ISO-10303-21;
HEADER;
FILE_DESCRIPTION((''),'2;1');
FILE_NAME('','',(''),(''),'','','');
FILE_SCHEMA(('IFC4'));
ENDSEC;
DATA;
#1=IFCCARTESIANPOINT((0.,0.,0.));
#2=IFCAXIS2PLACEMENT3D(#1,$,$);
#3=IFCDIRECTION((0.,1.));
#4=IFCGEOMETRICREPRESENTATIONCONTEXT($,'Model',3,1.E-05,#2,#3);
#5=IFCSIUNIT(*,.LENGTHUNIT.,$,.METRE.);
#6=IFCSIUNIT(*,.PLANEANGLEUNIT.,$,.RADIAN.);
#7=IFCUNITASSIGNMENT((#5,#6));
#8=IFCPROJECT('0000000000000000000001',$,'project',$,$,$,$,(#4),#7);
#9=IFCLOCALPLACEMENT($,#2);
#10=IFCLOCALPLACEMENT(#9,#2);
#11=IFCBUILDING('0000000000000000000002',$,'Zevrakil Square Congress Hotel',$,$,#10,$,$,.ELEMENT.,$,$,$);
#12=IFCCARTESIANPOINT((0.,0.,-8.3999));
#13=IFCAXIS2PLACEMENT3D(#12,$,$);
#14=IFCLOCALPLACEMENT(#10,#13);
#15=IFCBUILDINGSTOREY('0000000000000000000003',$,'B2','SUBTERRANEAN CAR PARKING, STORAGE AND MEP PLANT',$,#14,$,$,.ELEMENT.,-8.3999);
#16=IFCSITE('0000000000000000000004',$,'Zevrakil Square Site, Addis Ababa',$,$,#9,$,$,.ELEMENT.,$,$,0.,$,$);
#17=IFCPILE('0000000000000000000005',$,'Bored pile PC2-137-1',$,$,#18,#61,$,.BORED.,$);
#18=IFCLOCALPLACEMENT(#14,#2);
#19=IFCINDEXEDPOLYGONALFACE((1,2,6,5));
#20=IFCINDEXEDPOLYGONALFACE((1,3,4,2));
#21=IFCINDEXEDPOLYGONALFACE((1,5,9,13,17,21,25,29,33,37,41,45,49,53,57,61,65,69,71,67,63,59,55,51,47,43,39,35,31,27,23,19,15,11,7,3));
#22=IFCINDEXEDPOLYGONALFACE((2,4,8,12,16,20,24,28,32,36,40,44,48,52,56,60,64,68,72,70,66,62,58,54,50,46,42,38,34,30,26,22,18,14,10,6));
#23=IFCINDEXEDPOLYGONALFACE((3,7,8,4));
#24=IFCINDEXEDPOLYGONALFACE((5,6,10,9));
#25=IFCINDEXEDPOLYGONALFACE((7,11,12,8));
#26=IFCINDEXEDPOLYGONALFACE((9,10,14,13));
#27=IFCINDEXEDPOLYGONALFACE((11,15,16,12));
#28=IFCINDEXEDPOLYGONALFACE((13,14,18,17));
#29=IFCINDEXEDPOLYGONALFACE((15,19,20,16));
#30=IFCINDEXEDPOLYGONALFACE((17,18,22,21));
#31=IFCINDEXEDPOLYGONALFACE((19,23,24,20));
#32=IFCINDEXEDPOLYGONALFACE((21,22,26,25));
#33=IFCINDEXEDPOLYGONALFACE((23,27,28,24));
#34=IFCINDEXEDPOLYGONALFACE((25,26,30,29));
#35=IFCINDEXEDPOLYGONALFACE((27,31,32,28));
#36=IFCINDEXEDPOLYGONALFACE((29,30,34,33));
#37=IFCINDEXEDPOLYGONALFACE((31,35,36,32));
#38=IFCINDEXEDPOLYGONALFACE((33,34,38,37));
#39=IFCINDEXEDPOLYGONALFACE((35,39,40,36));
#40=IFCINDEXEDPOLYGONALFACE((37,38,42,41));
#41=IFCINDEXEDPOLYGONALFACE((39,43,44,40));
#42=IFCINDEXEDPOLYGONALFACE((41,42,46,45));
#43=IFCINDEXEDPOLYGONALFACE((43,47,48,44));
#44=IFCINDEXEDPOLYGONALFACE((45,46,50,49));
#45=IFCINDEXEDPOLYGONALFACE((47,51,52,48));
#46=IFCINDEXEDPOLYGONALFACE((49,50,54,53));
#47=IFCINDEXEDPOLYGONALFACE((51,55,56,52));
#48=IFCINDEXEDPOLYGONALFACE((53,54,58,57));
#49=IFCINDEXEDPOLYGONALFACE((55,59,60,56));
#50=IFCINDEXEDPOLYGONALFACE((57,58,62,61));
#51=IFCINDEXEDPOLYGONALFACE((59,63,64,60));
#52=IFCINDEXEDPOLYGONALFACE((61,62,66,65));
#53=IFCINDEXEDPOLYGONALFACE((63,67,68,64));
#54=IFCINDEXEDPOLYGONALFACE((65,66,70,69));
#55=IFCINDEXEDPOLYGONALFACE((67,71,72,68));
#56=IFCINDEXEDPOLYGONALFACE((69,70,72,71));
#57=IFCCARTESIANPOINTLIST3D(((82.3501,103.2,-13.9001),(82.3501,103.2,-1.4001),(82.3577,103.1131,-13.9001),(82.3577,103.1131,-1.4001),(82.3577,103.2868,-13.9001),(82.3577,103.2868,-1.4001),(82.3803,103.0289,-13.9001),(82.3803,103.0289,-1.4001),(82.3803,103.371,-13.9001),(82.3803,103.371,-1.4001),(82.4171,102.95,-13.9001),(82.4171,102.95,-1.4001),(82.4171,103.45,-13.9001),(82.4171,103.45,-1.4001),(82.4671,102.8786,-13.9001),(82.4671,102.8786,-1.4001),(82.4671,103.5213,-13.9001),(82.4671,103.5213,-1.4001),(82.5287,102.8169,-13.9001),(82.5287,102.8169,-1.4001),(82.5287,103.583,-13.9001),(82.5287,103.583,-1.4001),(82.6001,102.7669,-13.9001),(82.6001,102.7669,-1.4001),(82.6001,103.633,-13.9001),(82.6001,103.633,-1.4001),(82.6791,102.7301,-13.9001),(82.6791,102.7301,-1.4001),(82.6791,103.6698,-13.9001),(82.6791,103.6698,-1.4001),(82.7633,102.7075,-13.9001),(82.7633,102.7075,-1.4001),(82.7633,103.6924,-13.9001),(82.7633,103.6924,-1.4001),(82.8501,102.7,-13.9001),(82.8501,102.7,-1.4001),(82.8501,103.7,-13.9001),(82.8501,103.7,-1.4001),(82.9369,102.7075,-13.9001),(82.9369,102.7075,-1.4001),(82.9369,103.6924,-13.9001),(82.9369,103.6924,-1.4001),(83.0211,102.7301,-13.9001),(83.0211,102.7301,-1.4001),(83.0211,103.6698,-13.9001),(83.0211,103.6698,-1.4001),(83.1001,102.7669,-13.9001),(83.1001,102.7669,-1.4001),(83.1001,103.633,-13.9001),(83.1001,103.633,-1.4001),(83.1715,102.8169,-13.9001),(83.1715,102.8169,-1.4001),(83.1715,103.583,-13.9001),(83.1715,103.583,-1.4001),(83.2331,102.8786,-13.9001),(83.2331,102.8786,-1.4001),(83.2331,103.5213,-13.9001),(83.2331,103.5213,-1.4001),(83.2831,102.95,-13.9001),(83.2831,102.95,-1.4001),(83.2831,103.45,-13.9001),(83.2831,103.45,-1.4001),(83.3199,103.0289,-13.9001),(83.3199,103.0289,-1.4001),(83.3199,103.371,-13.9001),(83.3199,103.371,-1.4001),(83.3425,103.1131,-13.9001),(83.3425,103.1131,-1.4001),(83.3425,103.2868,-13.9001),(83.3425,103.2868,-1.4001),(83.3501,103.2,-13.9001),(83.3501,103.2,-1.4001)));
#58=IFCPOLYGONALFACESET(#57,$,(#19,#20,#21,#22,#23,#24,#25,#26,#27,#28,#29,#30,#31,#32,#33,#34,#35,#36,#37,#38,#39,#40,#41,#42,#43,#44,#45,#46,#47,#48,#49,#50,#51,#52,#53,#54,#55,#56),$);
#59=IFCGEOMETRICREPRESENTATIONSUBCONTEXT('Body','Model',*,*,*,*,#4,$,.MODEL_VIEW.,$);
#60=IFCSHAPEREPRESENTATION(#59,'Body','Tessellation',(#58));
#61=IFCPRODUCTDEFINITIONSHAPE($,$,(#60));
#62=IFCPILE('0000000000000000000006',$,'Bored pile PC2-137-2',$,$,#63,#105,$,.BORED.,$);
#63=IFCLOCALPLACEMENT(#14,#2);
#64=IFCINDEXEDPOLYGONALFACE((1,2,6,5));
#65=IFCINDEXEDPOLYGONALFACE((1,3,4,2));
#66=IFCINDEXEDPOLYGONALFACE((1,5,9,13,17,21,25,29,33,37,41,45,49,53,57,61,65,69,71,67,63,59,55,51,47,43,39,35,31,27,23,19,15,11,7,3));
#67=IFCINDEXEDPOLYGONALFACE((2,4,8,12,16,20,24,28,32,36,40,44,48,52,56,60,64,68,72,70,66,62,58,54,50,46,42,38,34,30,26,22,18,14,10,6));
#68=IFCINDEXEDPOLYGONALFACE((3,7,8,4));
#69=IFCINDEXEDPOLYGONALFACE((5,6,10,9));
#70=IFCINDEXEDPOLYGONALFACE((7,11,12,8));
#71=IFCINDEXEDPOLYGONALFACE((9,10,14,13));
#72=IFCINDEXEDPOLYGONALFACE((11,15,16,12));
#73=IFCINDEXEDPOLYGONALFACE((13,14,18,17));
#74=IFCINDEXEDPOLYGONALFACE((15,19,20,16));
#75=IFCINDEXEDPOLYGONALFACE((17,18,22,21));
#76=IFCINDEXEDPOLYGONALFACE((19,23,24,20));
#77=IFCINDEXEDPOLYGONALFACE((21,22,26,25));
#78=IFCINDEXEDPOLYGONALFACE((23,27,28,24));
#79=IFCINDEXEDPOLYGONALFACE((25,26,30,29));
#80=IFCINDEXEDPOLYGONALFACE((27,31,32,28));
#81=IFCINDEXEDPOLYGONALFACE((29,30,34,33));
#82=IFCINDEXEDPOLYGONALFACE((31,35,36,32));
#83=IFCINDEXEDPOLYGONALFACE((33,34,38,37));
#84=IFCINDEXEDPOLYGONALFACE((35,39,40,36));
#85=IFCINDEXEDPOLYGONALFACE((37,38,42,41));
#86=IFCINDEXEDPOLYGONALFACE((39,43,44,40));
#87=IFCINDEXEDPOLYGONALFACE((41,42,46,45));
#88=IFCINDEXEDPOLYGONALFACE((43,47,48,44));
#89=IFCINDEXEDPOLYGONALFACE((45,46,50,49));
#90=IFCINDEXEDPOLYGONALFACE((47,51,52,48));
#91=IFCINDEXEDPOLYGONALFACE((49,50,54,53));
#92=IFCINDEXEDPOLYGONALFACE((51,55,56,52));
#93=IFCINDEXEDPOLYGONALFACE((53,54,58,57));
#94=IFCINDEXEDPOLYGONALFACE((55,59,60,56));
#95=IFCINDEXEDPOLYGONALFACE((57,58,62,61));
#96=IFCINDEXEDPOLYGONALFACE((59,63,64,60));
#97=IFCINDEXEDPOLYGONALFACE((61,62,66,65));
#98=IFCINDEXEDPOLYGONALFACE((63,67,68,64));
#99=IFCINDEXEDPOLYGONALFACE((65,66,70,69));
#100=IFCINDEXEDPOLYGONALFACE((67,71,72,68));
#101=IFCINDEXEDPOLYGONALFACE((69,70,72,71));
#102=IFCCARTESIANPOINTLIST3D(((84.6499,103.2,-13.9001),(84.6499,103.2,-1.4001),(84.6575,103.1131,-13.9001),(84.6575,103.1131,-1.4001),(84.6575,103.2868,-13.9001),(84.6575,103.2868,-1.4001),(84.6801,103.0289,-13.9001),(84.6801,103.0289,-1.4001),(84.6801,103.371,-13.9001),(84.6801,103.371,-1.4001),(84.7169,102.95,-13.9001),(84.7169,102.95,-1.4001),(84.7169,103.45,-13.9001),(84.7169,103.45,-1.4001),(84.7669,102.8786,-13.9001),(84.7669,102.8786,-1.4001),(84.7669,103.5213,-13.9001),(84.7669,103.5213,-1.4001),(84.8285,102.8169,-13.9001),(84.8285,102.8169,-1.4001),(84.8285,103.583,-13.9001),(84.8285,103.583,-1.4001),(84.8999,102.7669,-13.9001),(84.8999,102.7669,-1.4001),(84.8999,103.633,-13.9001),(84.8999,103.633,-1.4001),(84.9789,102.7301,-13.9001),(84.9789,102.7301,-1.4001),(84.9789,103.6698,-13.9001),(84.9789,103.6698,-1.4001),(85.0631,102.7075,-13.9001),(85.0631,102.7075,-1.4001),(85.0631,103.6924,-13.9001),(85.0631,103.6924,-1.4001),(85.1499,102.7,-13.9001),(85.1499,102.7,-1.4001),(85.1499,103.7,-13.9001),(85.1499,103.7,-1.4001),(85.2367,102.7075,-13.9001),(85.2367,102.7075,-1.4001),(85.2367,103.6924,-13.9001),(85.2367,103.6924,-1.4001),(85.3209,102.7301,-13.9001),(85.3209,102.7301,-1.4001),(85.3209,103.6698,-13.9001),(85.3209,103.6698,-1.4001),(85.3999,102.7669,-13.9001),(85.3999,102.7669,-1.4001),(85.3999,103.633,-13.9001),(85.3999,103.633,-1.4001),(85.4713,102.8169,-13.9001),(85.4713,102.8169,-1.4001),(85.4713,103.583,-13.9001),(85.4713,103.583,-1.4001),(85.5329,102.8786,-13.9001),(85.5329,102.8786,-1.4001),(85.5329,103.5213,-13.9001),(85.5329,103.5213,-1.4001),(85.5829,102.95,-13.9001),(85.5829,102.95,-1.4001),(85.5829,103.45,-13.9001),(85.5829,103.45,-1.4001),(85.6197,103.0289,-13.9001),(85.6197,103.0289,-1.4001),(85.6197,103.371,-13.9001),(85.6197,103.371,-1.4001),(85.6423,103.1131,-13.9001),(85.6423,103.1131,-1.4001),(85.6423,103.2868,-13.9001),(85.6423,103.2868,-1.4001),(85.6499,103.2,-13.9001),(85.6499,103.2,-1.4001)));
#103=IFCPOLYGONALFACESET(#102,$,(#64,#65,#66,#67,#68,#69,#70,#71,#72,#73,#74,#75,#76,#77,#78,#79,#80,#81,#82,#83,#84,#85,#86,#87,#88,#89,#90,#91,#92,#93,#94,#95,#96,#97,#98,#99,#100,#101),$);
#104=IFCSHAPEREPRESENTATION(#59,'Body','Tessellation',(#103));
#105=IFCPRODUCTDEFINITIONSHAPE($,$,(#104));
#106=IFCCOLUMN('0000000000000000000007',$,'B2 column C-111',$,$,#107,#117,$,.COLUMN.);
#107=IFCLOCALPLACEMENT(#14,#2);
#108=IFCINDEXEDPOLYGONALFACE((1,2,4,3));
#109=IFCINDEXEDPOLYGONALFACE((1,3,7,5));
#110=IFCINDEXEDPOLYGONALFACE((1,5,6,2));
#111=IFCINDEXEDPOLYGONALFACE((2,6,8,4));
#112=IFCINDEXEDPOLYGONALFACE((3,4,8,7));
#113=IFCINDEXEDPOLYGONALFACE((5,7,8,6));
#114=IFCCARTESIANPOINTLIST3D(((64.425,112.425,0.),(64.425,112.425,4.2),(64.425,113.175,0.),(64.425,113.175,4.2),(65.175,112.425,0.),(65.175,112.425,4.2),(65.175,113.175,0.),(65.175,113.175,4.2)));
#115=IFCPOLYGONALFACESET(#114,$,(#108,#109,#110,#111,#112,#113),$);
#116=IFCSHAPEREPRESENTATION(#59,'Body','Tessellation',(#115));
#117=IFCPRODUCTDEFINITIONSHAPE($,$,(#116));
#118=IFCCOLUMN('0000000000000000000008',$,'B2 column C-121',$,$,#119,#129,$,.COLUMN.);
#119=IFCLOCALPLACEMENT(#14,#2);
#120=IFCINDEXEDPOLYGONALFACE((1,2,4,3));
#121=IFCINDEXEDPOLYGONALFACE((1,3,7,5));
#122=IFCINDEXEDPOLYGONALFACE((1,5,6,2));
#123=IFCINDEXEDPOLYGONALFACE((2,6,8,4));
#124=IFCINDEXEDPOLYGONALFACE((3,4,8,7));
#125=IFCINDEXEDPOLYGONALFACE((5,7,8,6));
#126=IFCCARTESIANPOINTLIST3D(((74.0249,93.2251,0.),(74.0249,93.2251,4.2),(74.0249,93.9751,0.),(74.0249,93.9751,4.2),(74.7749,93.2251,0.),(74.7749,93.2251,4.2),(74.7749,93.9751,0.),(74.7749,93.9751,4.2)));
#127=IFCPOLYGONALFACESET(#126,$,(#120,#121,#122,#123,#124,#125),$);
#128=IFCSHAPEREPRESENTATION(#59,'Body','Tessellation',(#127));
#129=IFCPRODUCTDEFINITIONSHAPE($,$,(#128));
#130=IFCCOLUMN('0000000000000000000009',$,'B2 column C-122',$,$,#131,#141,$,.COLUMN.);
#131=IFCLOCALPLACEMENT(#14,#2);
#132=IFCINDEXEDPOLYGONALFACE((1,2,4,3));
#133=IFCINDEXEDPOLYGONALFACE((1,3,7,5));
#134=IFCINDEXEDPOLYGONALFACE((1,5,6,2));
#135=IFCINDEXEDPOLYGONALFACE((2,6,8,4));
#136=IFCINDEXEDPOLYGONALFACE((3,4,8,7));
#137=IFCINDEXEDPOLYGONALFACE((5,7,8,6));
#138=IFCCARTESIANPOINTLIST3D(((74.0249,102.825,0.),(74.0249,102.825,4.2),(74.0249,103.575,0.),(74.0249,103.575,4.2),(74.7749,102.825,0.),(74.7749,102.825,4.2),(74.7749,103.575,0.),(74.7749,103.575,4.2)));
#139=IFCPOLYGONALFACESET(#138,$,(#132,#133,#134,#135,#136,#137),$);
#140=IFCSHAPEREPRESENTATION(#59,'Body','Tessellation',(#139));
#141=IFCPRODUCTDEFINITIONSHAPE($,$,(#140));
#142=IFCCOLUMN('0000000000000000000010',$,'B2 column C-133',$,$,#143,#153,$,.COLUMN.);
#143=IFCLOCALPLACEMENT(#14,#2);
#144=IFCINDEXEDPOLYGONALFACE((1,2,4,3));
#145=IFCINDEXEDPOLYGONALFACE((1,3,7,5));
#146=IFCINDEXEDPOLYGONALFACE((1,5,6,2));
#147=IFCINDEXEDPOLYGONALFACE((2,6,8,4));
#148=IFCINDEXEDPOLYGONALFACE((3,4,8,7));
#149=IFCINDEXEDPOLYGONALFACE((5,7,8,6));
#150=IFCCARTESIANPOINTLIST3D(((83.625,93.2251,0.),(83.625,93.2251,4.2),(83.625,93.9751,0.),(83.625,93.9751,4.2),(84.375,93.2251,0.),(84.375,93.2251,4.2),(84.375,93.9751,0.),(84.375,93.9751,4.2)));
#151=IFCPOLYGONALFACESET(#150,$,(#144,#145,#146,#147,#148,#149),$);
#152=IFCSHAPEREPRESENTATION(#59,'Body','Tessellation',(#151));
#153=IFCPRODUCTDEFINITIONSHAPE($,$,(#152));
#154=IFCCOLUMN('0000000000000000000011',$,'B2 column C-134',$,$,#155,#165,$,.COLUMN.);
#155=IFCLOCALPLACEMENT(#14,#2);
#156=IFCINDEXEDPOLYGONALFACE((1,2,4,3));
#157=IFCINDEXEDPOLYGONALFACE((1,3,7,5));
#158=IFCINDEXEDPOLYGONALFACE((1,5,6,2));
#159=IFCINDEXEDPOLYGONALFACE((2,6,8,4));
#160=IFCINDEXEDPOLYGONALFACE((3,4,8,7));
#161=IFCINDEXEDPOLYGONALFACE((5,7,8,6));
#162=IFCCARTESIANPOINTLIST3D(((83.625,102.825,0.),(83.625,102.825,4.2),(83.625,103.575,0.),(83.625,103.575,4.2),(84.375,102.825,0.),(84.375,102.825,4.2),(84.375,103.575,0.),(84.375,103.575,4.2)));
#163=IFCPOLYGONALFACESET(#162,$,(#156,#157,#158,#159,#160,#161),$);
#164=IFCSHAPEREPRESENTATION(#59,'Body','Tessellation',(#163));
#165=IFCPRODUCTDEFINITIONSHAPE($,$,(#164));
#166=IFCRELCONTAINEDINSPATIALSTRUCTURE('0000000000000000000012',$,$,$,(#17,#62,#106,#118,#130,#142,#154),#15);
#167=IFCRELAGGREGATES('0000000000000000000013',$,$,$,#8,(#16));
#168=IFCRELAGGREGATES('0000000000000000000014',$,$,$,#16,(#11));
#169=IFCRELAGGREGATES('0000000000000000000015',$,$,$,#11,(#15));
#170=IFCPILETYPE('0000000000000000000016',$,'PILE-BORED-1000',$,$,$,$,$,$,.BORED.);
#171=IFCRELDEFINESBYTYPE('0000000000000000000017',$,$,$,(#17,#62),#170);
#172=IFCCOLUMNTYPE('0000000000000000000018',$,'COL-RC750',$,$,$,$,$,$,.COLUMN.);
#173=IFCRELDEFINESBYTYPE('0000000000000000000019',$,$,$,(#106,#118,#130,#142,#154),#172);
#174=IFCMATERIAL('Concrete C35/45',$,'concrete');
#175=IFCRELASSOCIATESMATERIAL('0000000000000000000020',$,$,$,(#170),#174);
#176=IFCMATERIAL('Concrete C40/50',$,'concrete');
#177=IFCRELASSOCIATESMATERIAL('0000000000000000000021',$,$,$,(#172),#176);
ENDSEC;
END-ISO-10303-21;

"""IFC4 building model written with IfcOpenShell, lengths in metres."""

from ifc_helpers import new_model, si_unit, direction, frame, origin, origin_2d, place, context, subcontext, project, spatial, rectangle, circle, extrude, material, material_profile, profile_set, type_object, element, save


model = new_model("IFC4")

# Units and contexts
model_context = context("Model", 3, precision=1e-05, world=origin(), true_north=direction((0.0, 1.0)))
body_context = subcontext(model_context, "Body", "Model", "MODEL_VIEW")
ifc_project = project(units=[si_unit("LENGTHUNIT", "METRE"), si_unit("PLANEANGLEUNIT", "RADIAN")], contexts=[model_context])

# Site, building, storey
site_placement = place(None, origin())
site = spatial("IfcSite", under=ifc_project, at=site_placement, Name="Zevrakil Square Site, Addis Ababa", CompositionType="ELEMENT", RefElevation=0.0)
building_placement = place(site_placement, origin())
building = spatial("IfcBuilding", under=site, at=building_placement, Name="Zevrakil Square Congress Hotel", CompositionType="ELEMENT")
storey_placement = place(building_placement, frame((0.0, 0.0, -8.3999)))
storey = spatial("IfcBuildingStorey", under=building, at=storey_placement, Name="B2", Description="SUBTERRANEAN CAR PARKING, STORAGE AND MEP PLANT", CompositionType="ELEMENT", Elevation=-8.3999)

# Piles
ifc_material_1 = material(Name="Concrete C35/45", Category="concrete")
ifc_material_profile_1 = material_profile(ifc_material_1, circle(Radius=0.5, at=origin_2d()), Name="PILE D1000")
ifc_profile_set_1 = profile_set([ifc_material_profile_1], Name="Concrete C35/45")
pile_type = type_object("IfcPileType", Name="PILE-BORED-1000", PredefinedType="BORED", material=ifc_profile_set_1)
for number, where, z_axis, x_axis, name in (
    (1, (82.8501, 103.2, -1.4001), (0.0, 0.0, -1.0), (1.0, 0.0, 0.0), "Bored pile PC2-137-1"),
    (2, (85.1499, 103.2, -1.4001), (0.0, 0.0, -1.0), (1.0, 0.0, 0.0), "Bored pile PC2-137-2"),
):
    element("IfcPile", number, at=place(storey_placement, frame(where, z_axis=z_axis, x_axis=x_axis)), inside=storey, type_object=pile_type, Name=name, PredefinedType="BORED", context=body_context, shape_type="SweptSolid", body=[
        extrude(circle(Radius=0.5, at=origin_2d()), origin(), (0.0, 0.0, 1.0), 12.5),
    ])

# Columns
ifc_material_2 = material(Name="Concrete C40/50", Category="concrete")
ifc_material_profile_2 = material_profile(ifc_material_2, rectangle(XDim=0.75, YDim=0.75, at=origin_2d()), Name="RC 750x750")
ifc_profile_set_2 = profile_set([ifc_material_profile_2], Name="Concrete C40/50")
column_type = type_object("IfcColumnType", Name="COL-RC750", PredefinedType="COLUMN", material=ifc_profile_set_2)
for number, where, z_axis, x_axis, name in (
    (3, (64.8, 112.8, 0.0), (0.0, 0.0, 1.0), (1.0, 0.0, 0.0), "B2 column C-111"),
    (4, (74.3999, 93.6001, 0.0), (0.0, 0.0, 1.0), (1.0, 0.0, 0.0), "B2 column C-121"),
    (5, (74.3999, 103.2, 0.0), (0.0, 0.0, 1.0), (1.0, 0.0, 0.0), "B2 column C-122"),
    (6, (84.0, 93.6001, 0.0), (0.0, 0.0, 1.0), (1.0, 0.0, 0.0), "B2 column C-133"),
    (7, (84.0, 103.2, 0.0), (0.0, 0.0, 1.0), (1.0, 0.0, 0.0), "B2 column C-134"),
):
    element("IfcColumn", number, at=place(storey_placement, frame(where, z_axis=z_axis, x_axis=x_axis)), inside=storey, type_object=column_type, Name=name, PredefinedType="COLUMN", context=body_context, shape_type="SweptSolid", body=[
        extrude(rectangle(XDim=0.75, YDim=0.75, at=origin_2d()), origin(), (0.0, 0.0, 1.0), 4.2),
    ])

save(model, "model.ifc")
